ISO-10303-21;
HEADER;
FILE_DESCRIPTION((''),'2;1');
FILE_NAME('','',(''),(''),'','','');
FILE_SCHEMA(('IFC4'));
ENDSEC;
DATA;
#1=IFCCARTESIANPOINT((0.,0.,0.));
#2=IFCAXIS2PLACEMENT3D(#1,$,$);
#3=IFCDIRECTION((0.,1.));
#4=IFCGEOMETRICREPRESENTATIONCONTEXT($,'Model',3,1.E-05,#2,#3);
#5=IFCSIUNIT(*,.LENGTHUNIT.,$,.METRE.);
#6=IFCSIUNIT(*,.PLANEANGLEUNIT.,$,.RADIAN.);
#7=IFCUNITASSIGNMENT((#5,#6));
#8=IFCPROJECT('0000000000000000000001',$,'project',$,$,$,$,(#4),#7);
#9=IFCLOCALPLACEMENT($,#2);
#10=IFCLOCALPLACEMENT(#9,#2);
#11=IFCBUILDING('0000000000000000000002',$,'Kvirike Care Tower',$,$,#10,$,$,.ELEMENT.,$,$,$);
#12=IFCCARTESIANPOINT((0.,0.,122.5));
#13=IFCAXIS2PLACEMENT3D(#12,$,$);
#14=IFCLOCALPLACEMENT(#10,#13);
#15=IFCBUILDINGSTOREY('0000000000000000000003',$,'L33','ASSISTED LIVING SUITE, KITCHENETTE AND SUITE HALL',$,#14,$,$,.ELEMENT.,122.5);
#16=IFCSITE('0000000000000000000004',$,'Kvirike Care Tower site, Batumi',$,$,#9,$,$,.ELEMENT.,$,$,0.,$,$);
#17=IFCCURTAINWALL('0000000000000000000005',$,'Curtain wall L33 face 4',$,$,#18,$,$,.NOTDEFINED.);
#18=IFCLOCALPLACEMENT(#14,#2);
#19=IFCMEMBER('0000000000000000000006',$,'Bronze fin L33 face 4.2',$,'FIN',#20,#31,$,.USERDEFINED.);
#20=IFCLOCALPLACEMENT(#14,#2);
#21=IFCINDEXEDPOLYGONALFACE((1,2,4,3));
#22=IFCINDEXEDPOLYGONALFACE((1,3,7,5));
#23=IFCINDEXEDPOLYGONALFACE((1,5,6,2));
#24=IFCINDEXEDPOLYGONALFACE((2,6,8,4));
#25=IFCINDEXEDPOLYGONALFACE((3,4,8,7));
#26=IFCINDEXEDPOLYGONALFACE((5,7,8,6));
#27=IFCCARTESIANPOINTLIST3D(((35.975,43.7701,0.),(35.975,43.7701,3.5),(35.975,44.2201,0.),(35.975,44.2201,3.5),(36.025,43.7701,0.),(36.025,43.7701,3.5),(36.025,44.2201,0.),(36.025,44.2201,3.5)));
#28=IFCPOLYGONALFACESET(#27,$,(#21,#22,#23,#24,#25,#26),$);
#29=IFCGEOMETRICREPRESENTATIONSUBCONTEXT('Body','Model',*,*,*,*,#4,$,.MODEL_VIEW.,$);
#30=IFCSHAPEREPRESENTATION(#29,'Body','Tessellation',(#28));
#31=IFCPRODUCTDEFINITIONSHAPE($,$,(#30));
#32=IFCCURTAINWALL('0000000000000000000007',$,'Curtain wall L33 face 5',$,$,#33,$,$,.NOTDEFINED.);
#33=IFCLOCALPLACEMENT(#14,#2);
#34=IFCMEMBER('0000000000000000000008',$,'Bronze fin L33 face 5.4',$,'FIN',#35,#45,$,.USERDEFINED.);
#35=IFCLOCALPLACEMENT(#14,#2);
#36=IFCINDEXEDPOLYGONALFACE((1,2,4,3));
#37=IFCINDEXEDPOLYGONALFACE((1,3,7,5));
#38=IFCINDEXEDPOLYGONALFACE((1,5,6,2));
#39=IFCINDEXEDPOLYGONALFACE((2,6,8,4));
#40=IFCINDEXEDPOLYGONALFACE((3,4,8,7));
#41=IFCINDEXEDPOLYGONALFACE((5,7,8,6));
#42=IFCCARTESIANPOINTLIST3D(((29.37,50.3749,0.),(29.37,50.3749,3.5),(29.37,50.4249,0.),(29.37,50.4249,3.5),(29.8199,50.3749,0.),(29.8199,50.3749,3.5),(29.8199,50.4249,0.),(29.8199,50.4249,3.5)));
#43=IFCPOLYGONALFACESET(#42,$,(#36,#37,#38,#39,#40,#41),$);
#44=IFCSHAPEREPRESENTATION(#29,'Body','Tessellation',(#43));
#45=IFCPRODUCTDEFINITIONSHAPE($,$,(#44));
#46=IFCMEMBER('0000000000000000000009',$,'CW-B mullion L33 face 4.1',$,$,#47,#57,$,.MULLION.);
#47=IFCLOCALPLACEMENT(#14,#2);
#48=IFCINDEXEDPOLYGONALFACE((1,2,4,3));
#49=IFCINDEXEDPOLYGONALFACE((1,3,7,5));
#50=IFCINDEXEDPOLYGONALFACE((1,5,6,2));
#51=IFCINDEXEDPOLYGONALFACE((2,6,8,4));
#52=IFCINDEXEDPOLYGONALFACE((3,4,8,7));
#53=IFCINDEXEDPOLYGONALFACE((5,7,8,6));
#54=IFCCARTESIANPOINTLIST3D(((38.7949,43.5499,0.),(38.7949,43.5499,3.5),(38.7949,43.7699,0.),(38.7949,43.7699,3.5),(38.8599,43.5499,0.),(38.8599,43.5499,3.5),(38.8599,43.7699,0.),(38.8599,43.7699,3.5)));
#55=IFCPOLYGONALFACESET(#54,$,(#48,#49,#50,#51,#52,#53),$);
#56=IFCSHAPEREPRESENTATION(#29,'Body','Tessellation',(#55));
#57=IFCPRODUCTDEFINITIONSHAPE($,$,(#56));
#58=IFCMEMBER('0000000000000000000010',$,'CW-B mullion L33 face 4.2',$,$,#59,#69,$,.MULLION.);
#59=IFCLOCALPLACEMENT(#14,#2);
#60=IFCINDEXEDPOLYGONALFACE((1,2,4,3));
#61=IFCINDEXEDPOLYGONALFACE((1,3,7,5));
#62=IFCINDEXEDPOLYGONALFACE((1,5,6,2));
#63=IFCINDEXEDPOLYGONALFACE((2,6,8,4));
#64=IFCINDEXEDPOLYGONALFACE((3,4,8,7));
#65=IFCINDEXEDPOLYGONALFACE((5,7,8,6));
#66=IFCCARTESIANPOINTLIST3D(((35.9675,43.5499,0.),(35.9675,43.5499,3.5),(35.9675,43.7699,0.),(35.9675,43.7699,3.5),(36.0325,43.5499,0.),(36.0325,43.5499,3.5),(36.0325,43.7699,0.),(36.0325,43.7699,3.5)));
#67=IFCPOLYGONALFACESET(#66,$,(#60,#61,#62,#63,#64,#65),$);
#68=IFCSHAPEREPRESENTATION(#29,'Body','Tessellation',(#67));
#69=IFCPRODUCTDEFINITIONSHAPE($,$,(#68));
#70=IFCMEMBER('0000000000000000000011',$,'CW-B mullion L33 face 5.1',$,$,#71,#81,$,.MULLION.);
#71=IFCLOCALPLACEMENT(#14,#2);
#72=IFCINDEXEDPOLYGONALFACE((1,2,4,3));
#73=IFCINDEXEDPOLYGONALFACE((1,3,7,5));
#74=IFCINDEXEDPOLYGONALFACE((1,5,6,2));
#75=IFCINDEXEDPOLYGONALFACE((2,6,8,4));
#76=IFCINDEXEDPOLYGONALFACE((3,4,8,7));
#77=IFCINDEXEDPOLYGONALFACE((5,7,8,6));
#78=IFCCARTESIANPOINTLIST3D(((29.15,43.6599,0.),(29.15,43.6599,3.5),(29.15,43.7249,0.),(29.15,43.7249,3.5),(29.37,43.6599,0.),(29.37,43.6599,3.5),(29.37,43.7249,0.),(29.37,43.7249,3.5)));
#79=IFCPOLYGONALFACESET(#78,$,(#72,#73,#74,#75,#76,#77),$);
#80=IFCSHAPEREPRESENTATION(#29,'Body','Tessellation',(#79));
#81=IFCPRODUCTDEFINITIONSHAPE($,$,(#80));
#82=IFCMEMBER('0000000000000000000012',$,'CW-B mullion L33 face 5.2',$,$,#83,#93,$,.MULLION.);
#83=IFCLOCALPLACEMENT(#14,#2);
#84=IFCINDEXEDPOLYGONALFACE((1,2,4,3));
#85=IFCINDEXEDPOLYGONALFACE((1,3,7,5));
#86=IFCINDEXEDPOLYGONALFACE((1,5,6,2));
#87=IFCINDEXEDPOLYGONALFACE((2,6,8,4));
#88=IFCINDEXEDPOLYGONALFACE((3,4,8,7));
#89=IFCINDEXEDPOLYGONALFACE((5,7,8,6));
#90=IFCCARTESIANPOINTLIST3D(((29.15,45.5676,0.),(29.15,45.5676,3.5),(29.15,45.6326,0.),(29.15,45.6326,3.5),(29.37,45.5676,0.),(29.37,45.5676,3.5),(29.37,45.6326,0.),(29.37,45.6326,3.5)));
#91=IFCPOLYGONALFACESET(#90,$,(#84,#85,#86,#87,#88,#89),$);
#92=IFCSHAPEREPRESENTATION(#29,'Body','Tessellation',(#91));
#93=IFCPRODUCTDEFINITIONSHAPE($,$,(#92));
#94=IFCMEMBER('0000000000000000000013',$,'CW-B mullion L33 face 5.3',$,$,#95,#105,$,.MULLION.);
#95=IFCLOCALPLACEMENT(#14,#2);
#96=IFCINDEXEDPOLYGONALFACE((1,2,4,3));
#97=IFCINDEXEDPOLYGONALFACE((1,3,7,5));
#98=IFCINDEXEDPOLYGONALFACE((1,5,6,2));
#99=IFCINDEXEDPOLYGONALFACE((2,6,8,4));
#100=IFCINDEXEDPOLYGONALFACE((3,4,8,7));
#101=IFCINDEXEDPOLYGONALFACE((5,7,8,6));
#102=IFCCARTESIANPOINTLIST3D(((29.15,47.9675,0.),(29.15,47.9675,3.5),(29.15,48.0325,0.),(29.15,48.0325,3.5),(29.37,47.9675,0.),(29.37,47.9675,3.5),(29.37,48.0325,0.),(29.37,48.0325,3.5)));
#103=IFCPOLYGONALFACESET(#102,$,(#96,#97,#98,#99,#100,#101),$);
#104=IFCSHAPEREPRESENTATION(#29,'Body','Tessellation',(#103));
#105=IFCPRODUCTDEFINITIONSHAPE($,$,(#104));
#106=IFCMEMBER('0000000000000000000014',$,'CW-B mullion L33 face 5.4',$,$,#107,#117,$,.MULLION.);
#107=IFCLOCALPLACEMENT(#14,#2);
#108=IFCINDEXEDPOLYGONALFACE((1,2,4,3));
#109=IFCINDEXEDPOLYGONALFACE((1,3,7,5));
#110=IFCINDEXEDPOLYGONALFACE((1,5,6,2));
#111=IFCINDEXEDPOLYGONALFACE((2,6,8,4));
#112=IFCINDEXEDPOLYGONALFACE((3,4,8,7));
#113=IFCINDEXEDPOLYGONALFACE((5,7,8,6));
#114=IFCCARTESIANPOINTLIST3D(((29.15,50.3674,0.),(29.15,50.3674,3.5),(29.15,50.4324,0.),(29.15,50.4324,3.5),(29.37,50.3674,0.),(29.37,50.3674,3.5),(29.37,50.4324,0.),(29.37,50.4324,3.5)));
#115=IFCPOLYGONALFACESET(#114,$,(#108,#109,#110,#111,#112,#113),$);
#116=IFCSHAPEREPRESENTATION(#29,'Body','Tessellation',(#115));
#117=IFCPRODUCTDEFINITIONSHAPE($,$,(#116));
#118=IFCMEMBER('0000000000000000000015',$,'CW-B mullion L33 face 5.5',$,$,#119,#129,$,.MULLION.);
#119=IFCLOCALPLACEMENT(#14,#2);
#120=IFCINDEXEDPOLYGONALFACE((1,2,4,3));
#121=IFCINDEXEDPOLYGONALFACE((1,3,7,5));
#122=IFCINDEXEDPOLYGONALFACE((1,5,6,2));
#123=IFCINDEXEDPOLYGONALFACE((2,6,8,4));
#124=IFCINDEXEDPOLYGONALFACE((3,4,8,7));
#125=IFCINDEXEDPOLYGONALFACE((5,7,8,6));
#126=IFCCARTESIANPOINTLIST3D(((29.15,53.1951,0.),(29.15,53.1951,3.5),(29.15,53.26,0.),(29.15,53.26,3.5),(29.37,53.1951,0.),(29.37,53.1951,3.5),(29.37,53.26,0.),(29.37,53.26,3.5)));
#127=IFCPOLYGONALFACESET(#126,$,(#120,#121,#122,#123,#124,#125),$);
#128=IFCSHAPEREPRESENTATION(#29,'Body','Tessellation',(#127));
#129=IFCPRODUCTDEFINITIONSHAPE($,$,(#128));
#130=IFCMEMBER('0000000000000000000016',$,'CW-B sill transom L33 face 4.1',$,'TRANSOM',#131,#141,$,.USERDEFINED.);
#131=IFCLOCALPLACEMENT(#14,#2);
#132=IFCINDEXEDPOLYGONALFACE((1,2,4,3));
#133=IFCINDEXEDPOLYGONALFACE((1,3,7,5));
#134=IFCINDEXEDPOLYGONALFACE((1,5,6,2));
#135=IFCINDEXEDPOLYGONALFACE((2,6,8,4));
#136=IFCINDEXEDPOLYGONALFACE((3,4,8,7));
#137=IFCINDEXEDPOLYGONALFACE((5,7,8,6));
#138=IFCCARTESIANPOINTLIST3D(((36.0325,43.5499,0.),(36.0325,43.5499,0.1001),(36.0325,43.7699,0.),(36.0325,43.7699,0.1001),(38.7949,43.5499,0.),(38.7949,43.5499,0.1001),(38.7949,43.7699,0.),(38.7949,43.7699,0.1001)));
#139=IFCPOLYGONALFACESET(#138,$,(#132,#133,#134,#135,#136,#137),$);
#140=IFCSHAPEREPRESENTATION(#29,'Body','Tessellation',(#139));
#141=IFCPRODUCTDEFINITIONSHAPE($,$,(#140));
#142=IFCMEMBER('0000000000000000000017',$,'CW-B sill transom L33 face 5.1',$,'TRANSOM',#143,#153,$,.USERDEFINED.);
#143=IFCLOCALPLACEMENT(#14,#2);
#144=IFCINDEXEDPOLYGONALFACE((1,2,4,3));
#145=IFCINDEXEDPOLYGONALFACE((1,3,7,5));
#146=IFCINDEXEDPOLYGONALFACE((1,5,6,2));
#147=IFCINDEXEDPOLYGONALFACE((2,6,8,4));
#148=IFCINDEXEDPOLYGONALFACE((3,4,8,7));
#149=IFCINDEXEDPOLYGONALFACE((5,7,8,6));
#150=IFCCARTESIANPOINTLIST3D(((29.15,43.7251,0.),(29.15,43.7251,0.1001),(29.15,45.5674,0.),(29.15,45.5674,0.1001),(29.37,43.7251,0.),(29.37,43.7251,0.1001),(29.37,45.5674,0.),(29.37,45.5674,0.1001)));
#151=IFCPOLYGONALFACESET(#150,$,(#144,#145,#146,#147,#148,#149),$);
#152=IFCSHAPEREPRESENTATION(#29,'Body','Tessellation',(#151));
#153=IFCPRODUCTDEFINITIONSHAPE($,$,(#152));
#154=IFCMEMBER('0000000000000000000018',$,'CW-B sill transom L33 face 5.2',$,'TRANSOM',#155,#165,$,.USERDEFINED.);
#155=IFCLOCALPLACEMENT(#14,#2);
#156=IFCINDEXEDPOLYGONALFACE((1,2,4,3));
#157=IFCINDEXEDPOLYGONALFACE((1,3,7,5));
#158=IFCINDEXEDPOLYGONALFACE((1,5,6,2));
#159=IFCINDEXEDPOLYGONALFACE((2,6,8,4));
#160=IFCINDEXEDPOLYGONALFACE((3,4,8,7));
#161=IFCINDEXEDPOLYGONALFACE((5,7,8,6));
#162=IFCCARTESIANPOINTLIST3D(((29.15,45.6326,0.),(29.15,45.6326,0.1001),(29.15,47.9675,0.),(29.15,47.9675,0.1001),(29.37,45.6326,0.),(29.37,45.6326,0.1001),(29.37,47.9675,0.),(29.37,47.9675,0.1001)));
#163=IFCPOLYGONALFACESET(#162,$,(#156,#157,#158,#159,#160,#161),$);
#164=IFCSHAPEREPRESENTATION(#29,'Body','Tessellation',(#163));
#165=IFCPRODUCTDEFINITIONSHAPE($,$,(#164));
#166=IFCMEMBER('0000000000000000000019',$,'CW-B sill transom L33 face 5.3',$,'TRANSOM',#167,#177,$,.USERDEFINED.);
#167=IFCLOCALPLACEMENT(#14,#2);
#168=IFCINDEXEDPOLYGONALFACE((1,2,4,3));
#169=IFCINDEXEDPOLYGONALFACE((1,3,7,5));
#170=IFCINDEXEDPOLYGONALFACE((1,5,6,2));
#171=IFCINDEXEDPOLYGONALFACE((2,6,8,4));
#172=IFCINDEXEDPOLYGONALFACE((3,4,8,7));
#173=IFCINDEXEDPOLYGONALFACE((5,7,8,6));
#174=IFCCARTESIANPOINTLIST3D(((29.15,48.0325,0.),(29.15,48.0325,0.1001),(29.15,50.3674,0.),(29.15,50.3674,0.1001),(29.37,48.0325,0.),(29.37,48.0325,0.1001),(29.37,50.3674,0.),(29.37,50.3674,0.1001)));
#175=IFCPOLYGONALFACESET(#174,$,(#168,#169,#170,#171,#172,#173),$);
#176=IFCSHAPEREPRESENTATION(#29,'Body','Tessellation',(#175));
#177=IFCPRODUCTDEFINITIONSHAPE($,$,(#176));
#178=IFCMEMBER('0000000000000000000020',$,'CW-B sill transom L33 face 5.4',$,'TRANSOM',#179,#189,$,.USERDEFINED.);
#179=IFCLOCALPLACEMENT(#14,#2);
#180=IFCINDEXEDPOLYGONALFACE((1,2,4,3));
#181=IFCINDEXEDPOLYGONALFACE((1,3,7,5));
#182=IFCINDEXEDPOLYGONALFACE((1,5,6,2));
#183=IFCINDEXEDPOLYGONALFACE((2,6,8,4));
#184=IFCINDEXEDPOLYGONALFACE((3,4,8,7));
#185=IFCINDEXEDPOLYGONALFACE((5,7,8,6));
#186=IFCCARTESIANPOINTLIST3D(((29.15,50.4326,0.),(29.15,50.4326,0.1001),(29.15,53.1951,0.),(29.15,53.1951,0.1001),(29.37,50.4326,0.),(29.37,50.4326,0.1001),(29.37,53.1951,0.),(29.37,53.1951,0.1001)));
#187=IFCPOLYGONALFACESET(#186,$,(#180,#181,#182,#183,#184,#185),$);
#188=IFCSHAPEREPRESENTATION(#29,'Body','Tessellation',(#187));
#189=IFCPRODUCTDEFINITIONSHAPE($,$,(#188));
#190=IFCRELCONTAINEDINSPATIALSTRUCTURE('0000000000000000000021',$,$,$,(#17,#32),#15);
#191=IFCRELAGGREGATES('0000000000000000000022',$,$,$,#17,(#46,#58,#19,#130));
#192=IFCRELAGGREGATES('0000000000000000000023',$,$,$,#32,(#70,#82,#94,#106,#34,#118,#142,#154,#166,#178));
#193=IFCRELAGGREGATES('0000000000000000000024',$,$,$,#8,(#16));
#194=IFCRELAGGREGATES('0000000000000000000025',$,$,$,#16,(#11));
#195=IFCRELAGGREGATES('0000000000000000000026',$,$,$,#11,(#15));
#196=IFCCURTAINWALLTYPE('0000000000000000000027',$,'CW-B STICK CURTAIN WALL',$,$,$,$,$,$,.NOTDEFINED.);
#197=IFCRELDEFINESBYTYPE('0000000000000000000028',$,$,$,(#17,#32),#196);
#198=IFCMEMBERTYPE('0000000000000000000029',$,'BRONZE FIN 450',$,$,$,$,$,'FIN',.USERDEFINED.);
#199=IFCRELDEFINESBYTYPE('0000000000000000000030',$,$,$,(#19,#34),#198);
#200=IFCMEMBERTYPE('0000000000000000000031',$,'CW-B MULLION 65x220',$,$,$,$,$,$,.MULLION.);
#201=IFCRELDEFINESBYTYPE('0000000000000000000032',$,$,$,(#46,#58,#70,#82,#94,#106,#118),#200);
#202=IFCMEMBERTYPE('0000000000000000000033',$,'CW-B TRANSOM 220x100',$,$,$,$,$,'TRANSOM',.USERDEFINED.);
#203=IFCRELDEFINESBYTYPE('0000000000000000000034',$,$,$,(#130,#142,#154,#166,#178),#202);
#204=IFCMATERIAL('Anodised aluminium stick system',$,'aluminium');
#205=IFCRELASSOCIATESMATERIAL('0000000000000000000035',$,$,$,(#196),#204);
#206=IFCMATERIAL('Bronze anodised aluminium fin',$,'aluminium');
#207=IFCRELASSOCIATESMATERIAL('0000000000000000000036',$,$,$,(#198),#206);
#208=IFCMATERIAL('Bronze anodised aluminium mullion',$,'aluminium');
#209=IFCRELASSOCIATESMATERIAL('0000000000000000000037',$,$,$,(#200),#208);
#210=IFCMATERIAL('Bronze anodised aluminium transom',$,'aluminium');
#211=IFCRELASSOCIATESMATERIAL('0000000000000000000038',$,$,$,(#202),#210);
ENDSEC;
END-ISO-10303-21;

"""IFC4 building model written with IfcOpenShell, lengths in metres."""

from ifc_helpers import new_model, si_unit, direction, frame, origin, origin_2d, place, context, subcontext, project, spatial, rectangle, extrude, material, material_profile, profile_set, type_object, element, aggregate, save


model = new_model("IFC4")

# Units and contexts
model_context = context("Model", 3, precision=1e-05, world=origin(), true_north=direction((0.0, 1.0)))
body_context = subcontext(model_context, "Body", "Model", "MODEL_VIEW")
ifc_project = project(units=[si_unit("LENGTHUNIT", "METRE"), si_unit("PLANEANGLEUNIT", "RADIAN")], contexts=[model_context])

# Site, building, storey
site_placement = place(None, origin())
site = spatial("IfcSite", under=ifc_project, at=site_placement, Name="Kvirike Care Tower site, Batumi", CompositionType="ELEMENT", RefElevation=0.0)
building_placement = place(site_placement, origin())
building = spatial("IfcBuilding", under=site, at=building_placement, Name="Kvirike Care Tower", CompositionType="ELEMENT")
storey_placement = place(building_placement, frame((0.0, 0.0, 122.5)))
storey = spatial("IfcBuildingStorey", under=building, at=storey_placement, Name="L33", Description="ASSISTED LIVING SUITE, KITCHENETTE AND SUITE HALL", CompositionType="ELEMENT", Elevation=122.5)

# Curtain walls, members
ifc_material_1 = material(Name="Anodised aluminium stick system", Category="aluminium")
curtain_wall_type = type_object("IfcCurtainWallType", Name="CW-B STICK CURTAIN WALL", PredefinedType="NOTDEFINED", material=ifc_material_1)
curtain_wall_1_placement = place(storey_placement, origin())
curtain_wall_1 = element("IfcCurtainWall", 1, at=curtain_wall_1_placement, inside=storey, type_object=curtain_wall_type, Name="Curtain wall L33 face 4", PredefinedType="NOTDEFINED")
ifc_material_2 = material(Name="Bronze anodised aluminium fin", Category="aluminium")
ifc_material_profile_1 = material_profile(ifc_material_2, rectangle(XDim=0.05, YDim=0.45, at=origin_2d()), Name="BRONZE FIN 450")
ifc_profile_set_1 = profile_set([ifc_material_profile_1], Name="Bronze anodised aluminium fin")
member_type_1 = type_object("IfcMemberType", Name="BRONZE FIN 450", ElementType="FIN", PredefinedType="USERDEFINED", material=ifc_profile_set_1)
member_1_placement = place(storey_placement, frame((36.0, 43.9951, 0.0), z_axis=(0.0, 0.0, 1.0), x_axis=(-1.0, 0.0, 0.0)))
member_1 = element("IfcMember", 2, at=member_1_placement, type_object=member_type_1, Name="Bronze fin L33 face 4.2", ObjectType="FIN", PredefinedType="USERDEFINED", context=body_context, shape_type="SweptSolid", body=[
    extrude(rectangle(XDim=0.05, YDim=0.45, at=origin_2d()), origin(), (0.0, 0.0, 1.0), 3.5),
])
curtain_wall_2_placement = place(storey_placement, origin())
curtain_wall_2 = element("IfcCurtainWall", 3, at=curtain_wall_2_placement, inside=storey, type_object=curtain_wall_type, Name="Curtain wall L33 face 5", PredefinedType="NOTDEFINED")
member_2_placement = place(storey_placement, frame((29.595, 50.3999, 0.0), z_axis=(0.0, 0.0, 1.0), x_axis=(0.0, 1.0, 0.0)))
member_2 = element("IfcMember", 4, at=member_2_placement, type_object=member_type_1, Name="Bronze fin L33 face 5.4", ObjectType="FIN", PredefinedType="USERDEFINED", context=body_context, shape_type="SweptSolid", body=[
    extrude(rectangle(XDim=0.05, YDim=0.45, at=origin_2d()), origin(), (0.0, 0.0, 1.0), 3.5),
])

# Members
ifc_material_3 = material(Name="Bronze anodised aluminium mullion", Category="aluminium")
ifc_material_profile_2 = material_profile(ifc_material_3, rectangle(XDim=0.0649, YDim=0.22, at=origin_2d()), Name="CW-B MULLION 65x220")
ifc_profile_set_2 = profile_set([ifc_material_profile_2], Name="Bronze anodised aluminium mullion")
member_type_2 = type_object("IfcMemberType", Name="CW-B MULLION 65x220", PredefinedType="MULLION", material=ifc_profile_set_2)
member_3_placement = place(storey_placement, frame((38.8274, 43.6599, 0.0), z_axis=(0.0, 0.0, 1.0), x_axis=(-1.0, 0.0, 0.0)))
member_3 = element("IfcMember", 5, at=member_3_placement, type_object=member_type_2, Name="CW-B mullion L33 face 4.1", PredefinedType="MULLION", context=body_context, shape_type="SweptSolid", body=[
    extrude(rectangle(XDim=0.0649, YDim=0.22, at=origin_2d()), origin(), (0.0, 0.0, 1.0), 3.5),
])
member_4_placement = place(storey_placement, frame((36.0, 43.6599, 0.0), z_axis=(0.0, 0.0, 1.0), x_axis=(-1.0, 0.0, 0.0)))
member_4 = element("IfcMember", 6, at=member_4_placement, type_object=member_type_2, Name="CW-B mullion L33 face 4.2", PredefinedType="MULLION", context=body_context, shape_type="SweptSolid", body=[
    extrude(rectangle(XDim=0.0649, YDim=0.22, at=origin_2d()), origin(), (0.0, 0.0, 1.0), 3.5),
])
member_5_placement = place(storey_placement, frame((29.26, 43.6924, 0.0), z_axis=(0.0, 0.0, 1.0), x_axis=(0.0, 1.0, 0.0)))
member_5 = element("IfcMember", 7, at=member_5_placement, type_object=member_type_2, Name="CW-B mullion L33 face 5.1", PredefinedType="MULLION", context=body_context, shape_type="SweptSolid", body=[
    extrude(rectangle(XDim=0.0649, YDim=0.22, at=origin_2d()), origin(), (0.0, 0.0, 1.0), 3.5),
])
member_6_placement = place(storey_placement, frame((29.26, 45.6001, 0.0), z_axis=(0.0, 0.0, 1.0), x_axis=(0.0, 1.0, 0.0)))
member_6 = element("IfcMember", 8, at=member_6_placement, type_object=member_type_2, Name="CW-B mullion L33 face 5.2", PredefinedType="MULLION", context=body_context, shape_type="SweptSolid", body=[
    extrude(rectangle(XDim=0.0649, YDim=0.22, at=origin_2d()), origin(), (0.0, 0.0, 1.0), 3.5),
])
member_7_placement = place(storey_placement, frame((29.26, 48.0, 0.0), z_axis=(0.0, 0.0, 1.0), x_axis=(0.0, 1.0, 0.0)))
member_7 = element("IfcMember", 9, at=member_7_placement, type_object=member_type_2, Name="CW-B mullion L33 face 5.3", PredefinedType="MULLION", context=body_context, shape_type="SweptSolid", body=[
    extrude(rectangle(XDim=0.0649, YDim=0.22, at=origin_2d()), origin(), (0.0, 0.0, 1.0), 3.5),
])
member_8_placement = place(storey_placement, frame((29.26, 50.3999, 0.0), z_axis=(0.0, 0.0, 1.0), x_axis=(0.0, 1.0, 0.0)))
member_8 = element("IfcMember", 10, at=member_8_placement, type_object=member_type_2, Name="CW-B mullion L33 face 5.4", PredefinedType="MULLION", context=body_context, shape_type="SweptSolid", body=[
    extrude(rectangle(XDim=0.0649, YDim=0.22, at=origin_2d()), origin(), (0.0, 0.0, 1.0), 3.5),
])
member_9_placement = place(storey_placement, frame((29.26, 53.2275, 0.0), z_axis=(0.0, 0.0, 1.0), x_axis=(0.0, 1.0, 0.0)))
member_9 = element("IfcMember", 11, at=member_9_placement, type_object=member_type_2, Name="CW-B mullion L33 face 5.5", PredefinedType="MULLION", context=body_context, shape_type="SweptSolid", body=[
    extrude(rectangle(XDim=0.0649, YDim=0.22, at=origin_2d()), origin(), (0.0, 0.0, 1.0), 3.5),
])
ifc_material_4 = material(Name="Bronze anodised aluminium transom", Category="aluminium")
ifc_material_profile_3 = material_profile(ifc_material_4, rectangle(XDim=0.22, YDim=0.1001, at=origin_2d()), Name="CW-B TRANSOM 220x100")
ifc_profile_set_3 = profile_set([ifc_material_profile_3], Name="Bronze anodised aluminium transom")
member_type_3 = type_object("IfcMemberType", Name="CW-B TRANSOM 220x100", ElementType="TRANSOM", PredefinedType="USERDEFINED", material=ifc_profile_set_3)
member_10_placement = place(storey_placement, frame((38.7949, 43.6599, 0.05), z_axis=(-1.0, 0.0, 0.0), x_axis=(0.0, -1.0, 0.0)))
member_10 = element("IfcMember", 12, at=member_10_placement, type_object=member_type_3, Name="CW-B sill transom L33 face 4.1", ObjectType="TRANSOM", PredefinedType="USERDEFINED", context=body_context, shape_type="SweptSolid", body=[
    extrude(rectangle(XDim=0.22, YDim=0.1001, at=origin_2d()), origin(), (0.0, 0.0, 1.0), 2.7625),
])
member_11_placement = place(storey_placement, frame((29.26, 43.7251, 0.05), z_axis=(0.0, 1.0, 0.0), x_axis=(-1.0, 0.0, 0.0)))
member_11 = element("IfcMember", 13, at=member_11_placement, type_object=member_type_3, Name="CW-B sill transom L33 face 5.1", ObjectType="TRANSOM", PredefinedType="USERDEFINED", context=body_context, shape_type="SweptSolid", body=[
    extrude(rectangle(XDim=0.22, YDim=0.1001, at=origin_2d()), origin(), (0.0, 0.0, 1.0), 1.8423),
])
member_12_placement = place(storey_placement, frame((29.26, 45.6326, 0.05), z_axis=(0.0, 1.0, 0.0), x_axis=(-1.0, 0.0, 0.0)))
member_12 = element("IfcMember", 14, at=member_12_placement, type_object=member_type_3, Name="CW-B sill transom L33 face 5.2", ObjectType="TRANSOM", PredefinedType="USERDEFINED", context=body_context, shape_type="SweptSolid", body=[
    extrude(rectangle(XDim=0.22, YDim=0.1001, at=origin_2d()), origin(), (0.0, 0.0, 1.0), 2.335),
])
member_13_placement = place(storey_placement, frame((29.26, 48.0325, 0.05), z_axis=(0.0, 1.0, 0.0), x_axis=(-1.0, 0.0, 0.0)))
member_13 = element("IfcMember", 15, at=member_13_placement, type_object=member_type_3, Name="CW-B sill transom L33 face 5.3", ObjectType="TRANSOM", PredefinedType="USERDEFINED", context=body_context, shape_type="SweptSolid", body=[
    extrude(rectangle(XDim=0.22, YDim=0.1001, at=origin_2d()), origin(), (0.0, 0.0, 1.0), 2.335),
])
member_14_placement = place(storey_placement, frame((29.26, 50.4326, 0.05), z_axis=(0.0, 1.0, 0.0), x_axis=(-1.0, 0.0, 0.0)))
member_14 = element("IfcMember", 16, at=member_14_placement, type_object=member_type_3, Name="CW-B sill transom L33 face 5.4", ObjectType="TRANSOM", PredefinedType="USERDEFINED", context=body_context, shape_type="SweptSolid", body=[
    extrude(rectangle(XDim=0.22, YDim=0.1001, at=origin_2d()), origin(), (0.0, 0.0, 1.0), 2.7625),
])

aggregate(curtain_wall_1, [member_3, member_4, member_1, member_10])
aggregate(curtain_wall_2, [member_5, member_6, member_7, member_8, member_2, member_9, member_11, member_12, member_13, member_14])

save(model, "model.ifc")
